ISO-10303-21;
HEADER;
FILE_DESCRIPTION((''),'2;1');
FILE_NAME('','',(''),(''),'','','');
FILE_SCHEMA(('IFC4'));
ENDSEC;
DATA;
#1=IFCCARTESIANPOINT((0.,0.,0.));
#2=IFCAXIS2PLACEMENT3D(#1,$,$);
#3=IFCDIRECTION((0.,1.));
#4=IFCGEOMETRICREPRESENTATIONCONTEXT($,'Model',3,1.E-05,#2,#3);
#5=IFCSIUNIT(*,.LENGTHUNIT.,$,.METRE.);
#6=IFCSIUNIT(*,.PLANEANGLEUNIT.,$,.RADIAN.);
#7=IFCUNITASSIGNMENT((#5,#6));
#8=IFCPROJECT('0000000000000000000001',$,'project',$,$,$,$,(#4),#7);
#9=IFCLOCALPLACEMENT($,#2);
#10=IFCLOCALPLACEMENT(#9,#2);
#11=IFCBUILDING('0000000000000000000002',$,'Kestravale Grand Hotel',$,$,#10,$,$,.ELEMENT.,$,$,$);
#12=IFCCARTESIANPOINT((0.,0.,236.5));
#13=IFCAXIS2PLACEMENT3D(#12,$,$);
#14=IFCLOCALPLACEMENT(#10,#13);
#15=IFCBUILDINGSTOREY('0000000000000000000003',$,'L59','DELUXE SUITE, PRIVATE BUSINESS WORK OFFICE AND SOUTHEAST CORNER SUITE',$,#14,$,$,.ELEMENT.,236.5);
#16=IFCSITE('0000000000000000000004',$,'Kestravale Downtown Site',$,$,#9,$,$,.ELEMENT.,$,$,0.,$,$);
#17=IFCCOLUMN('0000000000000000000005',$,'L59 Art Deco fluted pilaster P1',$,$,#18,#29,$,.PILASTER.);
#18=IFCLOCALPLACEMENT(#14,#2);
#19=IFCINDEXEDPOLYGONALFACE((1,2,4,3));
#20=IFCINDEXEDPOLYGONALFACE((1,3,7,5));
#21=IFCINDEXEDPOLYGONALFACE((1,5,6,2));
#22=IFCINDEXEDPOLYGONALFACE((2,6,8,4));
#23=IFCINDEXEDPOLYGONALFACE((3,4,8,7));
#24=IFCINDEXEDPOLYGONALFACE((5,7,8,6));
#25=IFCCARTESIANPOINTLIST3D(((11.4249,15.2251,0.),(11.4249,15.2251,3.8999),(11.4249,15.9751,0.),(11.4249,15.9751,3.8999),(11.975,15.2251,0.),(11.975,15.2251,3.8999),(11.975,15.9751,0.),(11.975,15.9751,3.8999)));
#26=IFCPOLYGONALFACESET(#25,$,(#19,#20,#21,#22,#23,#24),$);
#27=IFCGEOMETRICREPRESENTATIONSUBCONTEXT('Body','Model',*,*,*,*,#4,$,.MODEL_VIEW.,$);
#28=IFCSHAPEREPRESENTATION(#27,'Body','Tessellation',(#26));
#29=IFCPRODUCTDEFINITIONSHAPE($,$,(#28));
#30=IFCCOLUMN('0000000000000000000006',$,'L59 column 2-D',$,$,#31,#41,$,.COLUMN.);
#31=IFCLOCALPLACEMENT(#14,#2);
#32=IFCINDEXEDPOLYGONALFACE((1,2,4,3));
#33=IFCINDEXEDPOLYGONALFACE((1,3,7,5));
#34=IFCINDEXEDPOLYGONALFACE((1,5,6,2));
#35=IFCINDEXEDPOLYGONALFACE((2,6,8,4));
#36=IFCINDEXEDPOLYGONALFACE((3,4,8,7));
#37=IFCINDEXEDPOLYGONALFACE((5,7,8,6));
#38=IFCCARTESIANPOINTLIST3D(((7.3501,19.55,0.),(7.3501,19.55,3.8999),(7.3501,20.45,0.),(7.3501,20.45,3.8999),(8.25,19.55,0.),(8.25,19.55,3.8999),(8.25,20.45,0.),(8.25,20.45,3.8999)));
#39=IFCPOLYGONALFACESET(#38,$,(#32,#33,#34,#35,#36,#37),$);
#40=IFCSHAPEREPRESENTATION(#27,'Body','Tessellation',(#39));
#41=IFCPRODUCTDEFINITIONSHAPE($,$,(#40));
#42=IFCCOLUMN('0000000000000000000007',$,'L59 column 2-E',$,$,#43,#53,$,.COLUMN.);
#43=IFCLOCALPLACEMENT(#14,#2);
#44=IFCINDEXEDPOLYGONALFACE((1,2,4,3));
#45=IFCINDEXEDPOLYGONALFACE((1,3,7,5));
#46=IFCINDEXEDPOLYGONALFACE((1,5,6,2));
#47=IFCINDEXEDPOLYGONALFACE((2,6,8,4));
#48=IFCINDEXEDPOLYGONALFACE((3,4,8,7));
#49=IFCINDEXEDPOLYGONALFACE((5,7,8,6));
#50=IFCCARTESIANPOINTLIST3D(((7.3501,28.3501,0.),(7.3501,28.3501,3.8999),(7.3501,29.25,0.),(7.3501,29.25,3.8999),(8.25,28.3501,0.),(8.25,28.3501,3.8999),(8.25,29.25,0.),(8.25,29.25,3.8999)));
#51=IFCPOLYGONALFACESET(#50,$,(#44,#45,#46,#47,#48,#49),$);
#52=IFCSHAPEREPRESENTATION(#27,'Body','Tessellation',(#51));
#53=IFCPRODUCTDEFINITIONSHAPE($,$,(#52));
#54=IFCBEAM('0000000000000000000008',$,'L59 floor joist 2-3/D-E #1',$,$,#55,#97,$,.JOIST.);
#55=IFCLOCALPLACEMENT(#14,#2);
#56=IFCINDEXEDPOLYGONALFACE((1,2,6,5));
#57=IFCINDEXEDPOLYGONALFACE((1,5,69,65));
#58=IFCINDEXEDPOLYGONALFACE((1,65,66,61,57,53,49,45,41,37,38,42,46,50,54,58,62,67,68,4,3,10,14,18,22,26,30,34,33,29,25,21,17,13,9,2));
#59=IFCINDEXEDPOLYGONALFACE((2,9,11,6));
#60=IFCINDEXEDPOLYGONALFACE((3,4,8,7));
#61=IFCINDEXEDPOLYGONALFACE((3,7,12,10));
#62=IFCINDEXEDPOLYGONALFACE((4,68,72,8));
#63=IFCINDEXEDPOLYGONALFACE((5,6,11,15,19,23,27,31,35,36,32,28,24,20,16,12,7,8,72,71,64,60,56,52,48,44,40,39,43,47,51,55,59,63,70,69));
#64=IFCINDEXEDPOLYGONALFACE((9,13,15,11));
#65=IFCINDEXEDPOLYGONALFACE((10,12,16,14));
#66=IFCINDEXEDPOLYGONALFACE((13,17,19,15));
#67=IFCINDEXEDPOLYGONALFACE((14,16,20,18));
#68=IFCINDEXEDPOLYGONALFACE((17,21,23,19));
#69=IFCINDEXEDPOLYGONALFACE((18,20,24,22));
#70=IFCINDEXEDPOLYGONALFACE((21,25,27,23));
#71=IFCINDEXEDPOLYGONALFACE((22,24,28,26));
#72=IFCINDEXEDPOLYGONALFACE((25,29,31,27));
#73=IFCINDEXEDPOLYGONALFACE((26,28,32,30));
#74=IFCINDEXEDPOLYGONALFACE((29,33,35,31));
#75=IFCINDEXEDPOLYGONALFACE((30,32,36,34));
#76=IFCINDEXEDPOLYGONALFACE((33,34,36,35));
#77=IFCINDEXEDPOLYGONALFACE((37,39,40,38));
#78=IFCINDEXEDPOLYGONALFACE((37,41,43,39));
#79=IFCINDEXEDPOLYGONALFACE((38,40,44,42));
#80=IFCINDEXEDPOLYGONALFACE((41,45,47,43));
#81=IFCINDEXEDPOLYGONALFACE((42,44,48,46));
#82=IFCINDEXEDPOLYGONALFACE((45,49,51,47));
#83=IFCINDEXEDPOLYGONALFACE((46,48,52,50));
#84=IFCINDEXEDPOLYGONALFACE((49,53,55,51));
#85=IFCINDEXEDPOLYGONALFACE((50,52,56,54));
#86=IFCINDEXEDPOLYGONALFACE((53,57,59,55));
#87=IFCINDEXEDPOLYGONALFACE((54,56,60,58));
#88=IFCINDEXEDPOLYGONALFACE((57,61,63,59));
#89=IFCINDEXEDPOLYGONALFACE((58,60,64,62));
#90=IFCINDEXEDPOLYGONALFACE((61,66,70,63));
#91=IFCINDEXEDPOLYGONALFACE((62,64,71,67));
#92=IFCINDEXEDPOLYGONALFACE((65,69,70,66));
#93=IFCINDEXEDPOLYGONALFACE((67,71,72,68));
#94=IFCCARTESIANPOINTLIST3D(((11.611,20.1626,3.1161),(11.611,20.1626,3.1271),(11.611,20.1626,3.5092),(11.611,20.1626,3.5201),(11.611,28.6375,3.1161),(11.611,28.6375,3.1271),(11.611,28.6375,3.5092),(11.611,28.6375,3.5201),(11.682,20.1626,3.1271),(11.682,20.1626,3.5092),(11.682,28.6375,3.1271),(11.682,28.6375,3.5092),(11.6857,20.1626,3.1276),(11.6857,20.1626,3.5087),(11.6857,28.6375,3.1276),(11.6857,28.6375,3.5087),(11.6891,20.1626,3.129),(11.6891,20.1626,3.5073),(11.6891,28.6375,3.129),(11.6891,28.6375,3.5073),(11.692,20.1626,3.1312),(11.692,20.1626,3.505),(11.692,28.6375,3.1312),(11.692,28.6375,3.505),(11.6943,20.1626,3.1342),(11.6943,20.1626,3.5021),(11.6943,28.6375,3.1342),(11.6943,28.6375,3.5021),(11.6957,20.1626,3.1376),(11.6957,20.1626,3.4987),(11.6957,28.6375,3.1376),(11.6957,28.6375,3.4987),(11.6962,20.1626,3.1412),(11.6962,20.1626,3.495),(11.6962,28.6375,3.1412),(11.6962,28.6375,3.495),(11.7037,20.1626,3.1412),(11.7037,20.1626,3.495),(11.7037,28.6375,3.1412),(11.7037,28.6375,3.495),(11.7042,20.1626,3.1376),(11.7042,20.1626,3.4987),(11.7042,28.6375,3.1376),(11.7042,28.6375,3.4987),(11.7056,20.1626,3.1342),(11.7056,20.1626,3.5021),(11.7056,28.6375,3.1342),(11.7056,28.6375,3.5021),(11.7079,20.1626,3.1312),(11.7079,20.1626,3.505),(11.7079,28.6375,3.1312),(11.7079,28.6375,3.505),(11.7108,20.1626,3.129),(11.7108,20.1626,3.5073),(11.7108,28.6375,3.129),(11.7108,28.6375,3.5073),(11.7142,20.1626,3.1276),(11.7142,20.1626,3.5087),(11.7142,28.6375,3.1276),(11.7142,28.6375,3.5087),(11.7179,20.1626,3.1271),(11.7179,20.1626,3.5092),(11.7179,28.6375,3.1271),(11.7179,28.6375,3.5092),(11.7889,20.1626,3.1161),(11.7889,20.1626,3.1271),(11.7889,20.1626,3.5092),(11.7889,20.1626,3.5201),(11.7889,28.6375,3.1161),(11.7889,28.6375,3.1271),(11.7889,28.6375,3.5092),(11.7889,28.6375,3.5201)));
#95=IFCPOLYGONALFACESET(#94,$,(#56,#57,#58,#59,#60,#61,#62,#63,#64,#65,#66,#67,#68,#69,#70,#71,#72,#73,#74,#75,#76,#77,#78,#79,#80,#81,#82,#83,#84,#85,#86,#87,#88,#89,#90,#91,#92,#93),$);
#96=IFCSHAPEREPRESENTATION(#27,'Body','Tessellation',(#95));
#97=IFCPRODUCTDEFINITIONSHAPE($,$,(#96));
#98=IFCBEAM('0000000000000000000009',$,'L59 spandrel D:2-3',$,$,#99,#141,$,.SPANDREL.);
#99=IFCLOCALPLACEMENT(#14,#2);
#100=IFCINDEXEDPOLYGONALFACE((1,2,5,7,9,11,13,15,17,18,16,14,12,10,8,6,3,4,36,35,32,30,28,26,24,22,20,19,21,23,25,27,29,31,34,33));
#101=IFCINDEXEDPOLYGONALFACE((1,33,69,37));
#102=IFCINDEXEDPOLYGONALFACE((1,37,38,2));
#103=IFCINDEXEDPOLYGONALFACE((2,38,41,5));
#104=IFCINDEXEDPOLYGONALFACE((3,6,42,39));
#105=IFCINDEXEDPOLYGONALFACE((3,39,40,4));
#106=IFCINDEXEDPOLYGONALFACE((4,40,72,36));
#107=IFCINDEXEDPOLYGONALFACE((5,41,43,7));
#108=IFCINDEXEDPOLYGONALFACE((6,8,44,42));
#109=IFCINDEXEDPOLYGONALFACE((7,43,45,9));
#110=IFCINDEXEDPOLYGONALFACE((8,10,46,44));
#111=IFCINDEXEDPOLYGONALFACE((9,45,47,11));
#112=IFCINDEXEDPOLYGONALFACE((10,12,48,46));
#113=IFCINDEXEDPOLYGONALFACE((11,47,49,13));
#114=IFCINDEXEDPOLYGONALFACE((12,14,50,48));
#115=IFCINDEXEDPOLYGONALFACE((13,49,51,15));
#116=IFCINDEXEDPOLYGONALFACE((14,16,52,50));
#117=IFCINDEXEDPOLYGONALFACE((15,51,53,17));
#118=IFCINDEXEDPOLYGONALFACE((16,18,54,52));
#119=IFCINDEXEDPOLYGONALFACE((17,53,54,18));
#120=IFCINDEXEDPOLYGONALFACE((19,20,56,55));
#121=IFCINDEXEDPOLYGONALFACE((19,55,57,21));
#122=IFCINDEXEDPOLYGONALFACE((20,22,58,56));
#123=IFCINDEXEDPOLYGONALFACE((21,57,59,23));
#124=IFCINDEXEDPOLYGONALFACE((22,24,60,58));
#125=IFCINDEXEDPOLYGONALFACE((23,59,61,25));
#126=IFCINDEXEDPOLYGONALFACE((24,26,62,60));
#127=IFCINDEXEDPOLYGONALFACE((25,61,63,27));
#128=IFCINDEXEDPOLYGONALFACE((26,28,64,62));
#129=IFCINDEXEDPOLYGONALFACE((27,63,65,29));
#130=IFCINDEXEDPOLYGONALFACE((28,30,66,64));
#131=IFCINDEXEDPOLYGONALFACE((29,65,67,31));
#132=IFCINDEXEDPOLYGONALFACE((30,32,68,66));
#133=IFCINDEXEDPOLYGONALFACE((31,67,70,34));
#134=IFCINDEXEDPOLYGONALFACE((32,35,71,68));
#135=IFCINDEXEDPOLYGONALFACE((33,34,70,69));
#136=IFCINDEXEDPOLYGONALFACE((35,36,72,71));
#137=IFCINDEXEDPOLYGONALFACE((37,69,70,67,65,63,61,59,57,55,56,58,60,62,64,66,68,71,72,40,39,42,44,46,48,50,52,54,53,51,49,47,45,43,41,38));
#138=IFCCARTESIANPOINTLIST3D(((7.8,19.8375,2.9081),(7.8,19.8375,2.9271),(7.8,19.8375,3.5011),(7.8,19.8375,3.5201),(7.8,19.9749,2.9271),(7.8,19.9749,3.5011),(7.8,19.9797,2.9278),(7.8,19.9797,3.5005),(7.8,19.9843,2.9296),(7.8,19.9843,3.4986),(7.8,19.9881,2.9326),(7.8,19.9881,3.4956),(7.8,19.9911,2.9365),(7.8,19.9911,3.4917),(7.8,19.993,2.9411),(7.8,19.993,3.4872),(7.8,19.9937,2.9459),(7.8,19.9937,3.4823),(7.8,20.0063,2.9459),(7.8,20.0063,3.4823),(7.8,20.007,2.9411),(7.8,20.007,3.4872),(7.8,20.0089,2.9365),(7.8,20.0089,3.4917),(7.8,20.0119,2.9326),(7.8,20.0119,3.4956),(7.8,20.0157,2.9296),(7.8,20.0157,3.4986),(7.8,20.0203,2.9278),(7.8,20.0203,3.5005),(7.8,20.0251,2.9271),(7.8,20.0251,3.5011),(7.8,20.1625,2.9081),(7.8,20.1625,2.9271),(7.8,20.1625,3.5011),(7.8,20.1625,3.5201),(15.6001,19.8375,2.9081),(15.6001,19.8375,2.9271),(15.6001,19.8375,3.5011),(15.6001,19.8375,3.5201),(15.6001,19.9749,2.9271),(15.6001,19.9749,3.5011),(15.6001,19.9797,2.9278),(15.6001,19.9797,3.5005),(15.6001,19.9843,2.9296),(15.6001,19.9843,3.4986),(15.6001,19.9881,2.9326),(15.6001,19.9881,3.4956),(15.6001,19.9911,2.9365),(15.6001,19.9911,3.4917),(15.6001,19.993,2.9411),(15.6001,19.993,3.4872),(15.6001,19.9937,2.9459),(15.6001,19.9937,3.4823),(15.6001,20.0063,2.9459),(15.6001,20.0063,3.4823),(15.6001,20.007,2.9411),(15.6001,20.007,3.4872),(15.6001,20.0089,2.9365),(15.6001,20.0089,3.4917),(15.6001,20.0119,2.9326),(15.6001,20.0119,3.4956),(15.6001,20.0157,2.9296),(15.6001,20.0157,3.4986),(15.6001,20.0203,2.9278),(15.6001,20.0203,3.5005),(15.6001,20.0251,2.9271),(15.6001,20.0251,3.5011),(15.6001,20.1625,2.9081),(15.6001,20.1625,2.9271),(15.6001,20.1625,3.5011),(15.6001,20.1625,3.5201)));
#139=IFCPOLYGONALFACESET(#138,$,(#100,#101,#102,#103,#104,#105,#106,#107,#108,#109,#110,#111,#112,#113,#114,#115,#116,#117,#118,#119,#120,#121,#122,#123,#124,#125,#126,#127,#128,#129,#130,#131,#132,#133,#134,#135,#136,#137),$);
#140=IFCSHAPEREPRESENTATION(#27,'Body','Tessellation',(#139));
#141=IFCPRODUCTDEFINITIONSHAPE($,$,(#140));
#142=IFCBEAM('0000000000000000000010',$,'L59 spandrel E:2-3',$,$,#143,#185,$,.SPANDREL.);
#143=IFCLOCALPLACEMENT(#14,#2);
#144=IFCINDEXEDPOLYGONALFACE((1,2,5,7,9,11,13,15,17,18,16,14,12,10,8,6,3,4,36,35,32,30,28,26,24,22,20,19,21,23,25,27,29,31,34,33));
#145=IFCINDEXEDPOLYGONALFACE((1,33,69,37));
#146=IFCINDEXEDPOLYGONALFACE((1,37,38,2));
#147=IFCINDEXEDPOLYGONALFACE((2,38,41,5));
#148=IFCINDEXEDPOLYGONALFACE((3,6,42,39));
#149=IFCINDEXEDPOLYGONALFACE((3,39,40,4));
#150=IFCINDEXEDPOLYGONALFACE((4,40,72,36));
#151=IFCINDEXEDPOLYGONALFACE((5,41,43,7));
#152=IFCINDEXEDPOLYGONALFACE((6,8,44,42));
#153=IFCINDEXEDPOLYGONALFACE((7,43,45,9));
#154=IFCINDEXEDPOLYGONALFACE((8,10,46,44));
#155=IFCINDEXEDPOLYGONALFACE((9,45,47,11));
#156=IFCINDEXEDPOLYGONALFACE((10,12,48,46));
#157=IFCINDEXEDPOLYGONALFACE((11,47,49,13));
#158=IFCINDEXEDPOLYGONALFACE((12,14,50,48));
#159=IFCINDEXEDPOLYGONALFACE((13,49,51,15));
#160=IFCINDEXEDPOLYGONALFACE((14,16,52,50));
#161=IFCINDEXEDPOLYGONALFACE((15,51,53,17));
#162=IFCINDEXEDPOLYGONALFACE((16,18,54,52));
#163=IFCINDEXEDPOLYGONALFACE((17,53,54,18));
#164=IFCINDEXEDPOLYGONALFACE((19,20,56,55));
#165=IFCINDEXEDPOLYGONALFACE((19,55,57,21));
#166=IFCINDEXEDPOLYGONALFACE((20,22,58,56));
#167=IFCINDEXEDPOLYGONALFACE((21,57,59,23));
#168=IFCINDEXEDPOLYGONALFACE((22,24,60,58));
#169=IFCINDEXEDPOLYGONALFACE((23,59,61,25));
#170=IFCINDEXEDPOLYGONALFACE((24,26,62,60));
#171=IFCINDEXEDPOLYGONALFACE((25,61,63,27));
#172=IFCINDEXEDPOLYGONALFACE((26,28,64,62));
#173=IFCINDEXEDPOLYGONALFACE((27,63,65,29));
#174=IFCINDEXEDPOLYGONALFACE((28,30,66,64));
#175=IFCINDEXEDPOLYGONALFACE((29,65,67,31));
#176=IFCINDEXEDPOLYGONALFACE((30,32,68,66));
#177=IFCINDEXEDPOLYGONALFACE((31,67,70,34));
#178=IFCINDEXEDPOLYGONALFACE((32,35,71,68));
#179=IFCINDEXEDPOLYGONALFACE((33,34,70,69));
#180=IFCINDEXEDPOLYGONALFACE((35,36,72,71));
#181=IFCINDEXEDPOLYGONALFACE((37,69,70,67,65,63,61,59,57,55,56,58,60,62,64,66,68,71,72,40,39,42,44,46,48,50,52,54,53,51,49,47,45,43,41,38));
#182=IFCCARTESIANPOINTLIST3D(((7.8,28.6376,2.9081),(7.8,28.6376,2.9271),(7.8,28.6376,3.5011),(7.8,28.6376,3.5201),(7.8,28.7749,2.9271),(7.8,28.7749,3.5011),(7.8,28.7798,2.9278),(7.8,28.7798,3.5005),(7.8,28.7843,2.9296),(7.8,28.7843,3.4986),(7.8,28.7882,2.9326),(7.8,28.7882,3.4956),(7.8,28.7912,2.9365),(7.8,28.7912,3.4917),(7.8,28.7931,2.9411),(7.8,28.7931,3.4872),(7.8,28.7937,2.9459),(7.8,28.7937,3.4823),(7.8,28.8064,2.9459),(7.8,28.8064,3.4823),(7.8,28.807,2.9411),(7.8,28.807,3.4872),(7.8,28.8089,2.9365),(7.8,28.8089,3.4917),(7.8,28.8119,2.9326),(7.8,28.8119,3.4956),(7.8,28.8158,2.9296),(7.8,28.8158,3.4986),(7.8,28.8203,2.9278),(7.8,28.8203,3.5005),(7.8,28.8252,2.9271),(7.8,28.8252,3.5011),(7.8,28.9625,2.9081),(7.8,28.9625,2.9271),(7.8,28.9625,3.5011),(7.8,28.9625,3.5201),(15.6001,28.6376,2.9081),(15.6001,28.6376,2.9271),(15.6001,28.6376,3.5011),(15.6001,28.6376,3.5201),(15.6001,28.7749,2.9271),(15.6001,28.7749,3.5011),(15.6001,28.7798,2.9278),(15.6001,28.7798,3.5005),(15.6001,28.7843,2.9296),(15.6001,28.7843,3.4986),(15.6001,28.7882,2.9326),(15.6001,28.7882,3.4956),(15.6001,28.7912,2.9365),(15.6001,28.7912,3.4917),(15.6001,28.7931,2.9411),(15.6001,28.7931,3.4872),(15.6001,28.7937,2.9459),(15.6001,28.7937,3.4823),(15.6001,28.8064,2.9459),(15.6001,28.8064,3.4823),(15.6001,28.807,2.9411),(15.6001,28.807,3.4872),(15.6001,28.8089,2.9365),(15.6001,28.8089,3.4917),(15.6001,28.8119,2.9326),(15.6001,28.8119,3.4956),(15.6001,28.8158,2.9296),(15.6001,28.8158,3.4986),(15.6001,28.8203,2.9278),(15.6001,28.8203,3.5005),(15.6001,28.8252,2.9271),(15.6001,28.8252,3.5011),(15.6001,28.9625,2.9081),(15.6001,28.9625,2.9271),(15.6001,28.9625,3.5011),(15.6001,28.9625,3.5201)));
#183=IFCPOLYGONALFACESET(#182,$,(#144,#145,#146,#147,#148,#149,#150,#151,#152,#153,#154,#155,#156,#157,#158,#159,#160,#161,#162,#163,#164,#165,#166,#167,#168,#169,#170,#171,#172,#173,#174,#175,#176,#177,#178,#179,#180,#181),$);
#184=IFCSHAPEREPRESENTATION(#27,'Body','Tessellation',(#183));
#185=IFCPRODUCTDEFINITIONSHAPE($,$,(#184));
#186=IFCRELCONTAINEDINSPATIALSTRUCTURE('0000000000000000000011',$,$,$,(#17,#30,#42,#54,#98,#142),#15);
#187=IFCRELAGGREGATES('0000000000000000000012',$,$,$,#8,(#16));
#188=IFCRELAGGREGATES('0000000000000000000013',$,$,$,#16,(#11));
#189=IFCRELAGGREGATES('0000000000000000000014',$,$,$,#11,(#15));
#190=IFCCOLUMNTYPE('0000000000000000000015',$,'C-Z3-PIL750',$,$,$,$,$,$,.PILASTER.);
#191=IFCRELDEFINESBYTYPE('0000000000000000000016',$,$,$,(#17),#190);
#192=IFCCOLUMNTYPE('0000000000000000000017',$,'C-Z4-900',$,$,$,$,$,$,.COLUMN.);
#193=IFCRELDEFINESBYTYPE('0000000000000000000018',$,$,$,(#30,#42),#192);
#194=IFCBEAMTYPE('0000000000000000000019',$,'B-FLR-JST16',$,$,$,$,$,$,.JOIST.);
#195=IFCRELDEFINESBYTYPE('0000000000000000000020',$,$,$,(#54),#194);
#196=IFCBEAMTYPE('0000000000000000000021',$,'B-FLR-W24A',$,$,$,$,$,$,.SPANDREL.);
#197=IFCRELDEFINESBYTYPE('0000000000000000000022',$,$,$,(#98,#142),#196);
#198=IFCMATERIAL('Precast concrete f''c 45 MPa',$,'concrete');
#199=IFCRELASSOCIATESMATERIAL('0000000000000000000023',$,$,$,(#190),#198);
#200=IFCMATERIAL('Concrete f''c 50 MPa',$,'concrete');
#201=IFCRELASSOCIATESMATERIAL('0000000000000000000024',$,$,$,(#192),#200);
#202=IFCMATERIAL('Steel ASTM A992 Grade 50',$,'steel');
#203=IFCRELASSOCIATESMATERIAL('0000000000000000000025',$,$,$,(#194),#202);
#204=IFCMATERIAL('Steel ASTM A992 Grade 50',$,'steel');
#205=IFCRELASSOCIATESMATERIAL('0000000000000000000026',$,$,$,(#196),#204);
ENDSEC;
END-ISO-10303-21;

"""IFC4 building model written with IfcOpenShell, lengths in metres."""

from ifc_helpers import new_model, si_unit, direction, frame, origin, origin_2d, place, context, subcontext, project, spatial, rectangle, i_section, extrude, material, material_profile, profile_set, type_object, element, save


model = new_model("IFC4")

# Units and contexts
model_context = context("Model", 3, precision=1e-05, world=origin(), true_north=direction((0.0, 1.0)))
body_context = subcontext(model_context, "Body", "Model", "MODEL_VIEW")
ifc_project = project(units=[si_unit("LENGTHUNIT", "METRE"), si_unit("PLANEANGLEUNIT", "RADIAN")], contexts=[model_context])

# Site, building, storey
site_placement = place(None, origin())
site = spatial("IfcSite", under=ifc_project, at=site_placement, Name="Kestravale Downtown Site", CompositionType="ELEMENT", RefElevation=0.0)
building_placement = place(site_placement, origin())
building = spatial("IfcBuilding", under=site, at=building_placement, Name="Kestravale Grand Hotel", CompositionType="ELEMENT")
storey_placement = place(building_placement, frame((0.0, 0.0, 236.5)))
storey = spatial("IfcBuildingStorey", under=building, at=storey_placement, Name="L59", Description="DELUXE SUITE, PRIVATE BUSINESS WORK OFFICE AND SOUTHEAST CORNER SUITE", CompositionType="ELEMENT", Elevation=236.5)

# Columns
ifc_material_1 = material(Name="Precast concrete f'c 45 MPa", Category="concrete")
ifc_material_profile_1 = material_profile(ifc_material_1, rectangle(XDim=0.55, YDim=0.75, at=origin_2d()))
ifc_profile_set_1 = profile_set([ifc_material_profile_1], Name="Precast concrete f'c 45 MPa")
column_type_1 = type_object("IfcColumnType", Name="C-Z3-PIL750", PredefinedType="PILASTER", material=ifc_profile_set_1)
column_placement = place(storey_placement, frame((11.7, 15.6001, 0.0), z_axis=(0.0, 0.0, 1.0), x_axis=(1.0, 0.0, 0.0)))
element("IfcColumn", 1, at=column_placement, inside=storey, type_object=column_type_1, Name="L59 Art Deco fluted pilaster P1", PredefinedType="PILASTER", context=body_context, shape_type="SweptSolid", body=[
    extrude(rectangle(XDim=0.55, YDim=0.75, at=origin_2d()), origin(), (0.0, 0.0, 1.0), 3.8999),
])
ifc_material_2 = material(Name="Concrete f'c 50 MPa", Category="concrete")
ifc_material_profile_2 = material_profile(ifc_material_2, rectangle(XDim=0.8999, YDim=0.8999, at=origin_2d()))
ifc_profile_set_2 = profile_set([ifc_material_profile_2], Name="Concrete f'c 50 MPa")
column_type_2 = type_object("IfcColumnType", Name="C-Z4-900", PredefinedType="COLUMN", material=ifc_profile_set_2)
for number, where, z_axis, x_axis, name in (
    (2, (7.8, 20.0, 0.0), (0.0, 0.0, 1.0), (1.0, 0.0, 0.0), "L59 column 2-D"),
    (3, (7.8, 28.8, 0.0), (0.0, 0.0, 1.0), (1.0, 0.0, 0.0), "L59 column 2-E"),
):
    element("IfcColumn", number, at=place(storey_placement, frame(where, z_axis=z_axis, x_axis=x_axis)), inside=storey, type_object=column_type_2, Name=name, PredefinedType="COLUMN", context=body_context, shape_type="SweptSolid", body=[
        extrude(rectangle(XDim=0.8999, YDim=0.8999, at=origin_2d()), origin(), (0.0, 0.0, 1.0), 3.8999),
    ])

# Beams
ifc_material_3 = material(Name="Steel ASTM A992 Grade 50", Category="steel")
ifc_material_profile_3 = material_profile(ifc_material_3, i_section(OverallWidth=0.178, OverallDepth=0.4041, WebThickness=0.0076, FlangeThickness=0.011, FilletRadius=0.0142, at=origin_2d()))
ifc_profile_set_3 = profile_set([ifc_material_profile_3], Name="Steel ASTM A992 Grade 50")
beam_type_1 = type_object("IfcBeamType", Name="B-FLR-JST16", PredefinedType="JOIST", material=ifc_profile_set_3)
beam_1_placement = place(storey_placement, frame((11.7, 20.1626, 3.3181), z_axis=(0.0, 1.0, 0.0), x_axis=(-1.0, 0.0, 0.0)))
element("IfcBeam", 4, at=beam_1_placement, inside=storey, type_object=beam_type_1, Name="L59 floor joist 2-3/D-E #1", PredefinedType="JOIST", context=body_context, shape_type="SweptSolid", body=[
    extrude(i_section(OverallWidth=0.178, OverallDepth=0.4041, WebThickness=0.0076, FlangeThickness=0.011, FilletRadius=0.0142, at=origin_2d()), origin(), (0.0, 0.0, 1.0), 8.4749),
])
ifc_material_4 = material(Name="Steel ASTM A992 Grade 50", Category="steel")
ifc_material_profile_4 = material_profile(ifc_material_4, i_section(OverallWidth=0.325, OverallDepth=0.6121, WebThickness=0.0127, FlangeThickness=0.019, FilletRadius=0.0188, at=origin_2d()))
ifc_profile_set_4 = profile_set([ifc_material_profile_4], Name="Steel ASTM A992 Grade 50")
beam_type_2 = type_object("IfcBeamType", Name="B-FLR-W24A", PredefinedType="SPANDREL", material=ifc_profile_set_4)
for number, where, z_axis, x_axis, name in (
    (5, (7.8, 20.0, 3.2141), (1.0, 0.0, 0.0), (0.0, 1.0, 0.0), "L59 spandrel D:2-3"),
    (6, (7.8, 28.8, 3.2141), (1.0, 0.0, 0.0), (0.0, 1.0, 0.0), "L59 spandrel E:2-3"),
):
    element("IfcBeam", number, at=place(storey_placement, frame(where, z_axis=z_axis, x_axis=x_axis)), inside=storey, type_object=beam_type_2, Name=name, PredefinedType="SPANDREL", context=body_context, shape_type="SweptSolid", body=[
        extrude(i_section(OverallWidth=0.325, OverallDepth=0.6121, WebThickness=0.0127, FlangeThickness=0.019, FilletRadius=0.0188, at=origin_2d()), origin(), (0.0, 0.0, 1.0), 7.8),
    ])

save(model, "model.ifc")
